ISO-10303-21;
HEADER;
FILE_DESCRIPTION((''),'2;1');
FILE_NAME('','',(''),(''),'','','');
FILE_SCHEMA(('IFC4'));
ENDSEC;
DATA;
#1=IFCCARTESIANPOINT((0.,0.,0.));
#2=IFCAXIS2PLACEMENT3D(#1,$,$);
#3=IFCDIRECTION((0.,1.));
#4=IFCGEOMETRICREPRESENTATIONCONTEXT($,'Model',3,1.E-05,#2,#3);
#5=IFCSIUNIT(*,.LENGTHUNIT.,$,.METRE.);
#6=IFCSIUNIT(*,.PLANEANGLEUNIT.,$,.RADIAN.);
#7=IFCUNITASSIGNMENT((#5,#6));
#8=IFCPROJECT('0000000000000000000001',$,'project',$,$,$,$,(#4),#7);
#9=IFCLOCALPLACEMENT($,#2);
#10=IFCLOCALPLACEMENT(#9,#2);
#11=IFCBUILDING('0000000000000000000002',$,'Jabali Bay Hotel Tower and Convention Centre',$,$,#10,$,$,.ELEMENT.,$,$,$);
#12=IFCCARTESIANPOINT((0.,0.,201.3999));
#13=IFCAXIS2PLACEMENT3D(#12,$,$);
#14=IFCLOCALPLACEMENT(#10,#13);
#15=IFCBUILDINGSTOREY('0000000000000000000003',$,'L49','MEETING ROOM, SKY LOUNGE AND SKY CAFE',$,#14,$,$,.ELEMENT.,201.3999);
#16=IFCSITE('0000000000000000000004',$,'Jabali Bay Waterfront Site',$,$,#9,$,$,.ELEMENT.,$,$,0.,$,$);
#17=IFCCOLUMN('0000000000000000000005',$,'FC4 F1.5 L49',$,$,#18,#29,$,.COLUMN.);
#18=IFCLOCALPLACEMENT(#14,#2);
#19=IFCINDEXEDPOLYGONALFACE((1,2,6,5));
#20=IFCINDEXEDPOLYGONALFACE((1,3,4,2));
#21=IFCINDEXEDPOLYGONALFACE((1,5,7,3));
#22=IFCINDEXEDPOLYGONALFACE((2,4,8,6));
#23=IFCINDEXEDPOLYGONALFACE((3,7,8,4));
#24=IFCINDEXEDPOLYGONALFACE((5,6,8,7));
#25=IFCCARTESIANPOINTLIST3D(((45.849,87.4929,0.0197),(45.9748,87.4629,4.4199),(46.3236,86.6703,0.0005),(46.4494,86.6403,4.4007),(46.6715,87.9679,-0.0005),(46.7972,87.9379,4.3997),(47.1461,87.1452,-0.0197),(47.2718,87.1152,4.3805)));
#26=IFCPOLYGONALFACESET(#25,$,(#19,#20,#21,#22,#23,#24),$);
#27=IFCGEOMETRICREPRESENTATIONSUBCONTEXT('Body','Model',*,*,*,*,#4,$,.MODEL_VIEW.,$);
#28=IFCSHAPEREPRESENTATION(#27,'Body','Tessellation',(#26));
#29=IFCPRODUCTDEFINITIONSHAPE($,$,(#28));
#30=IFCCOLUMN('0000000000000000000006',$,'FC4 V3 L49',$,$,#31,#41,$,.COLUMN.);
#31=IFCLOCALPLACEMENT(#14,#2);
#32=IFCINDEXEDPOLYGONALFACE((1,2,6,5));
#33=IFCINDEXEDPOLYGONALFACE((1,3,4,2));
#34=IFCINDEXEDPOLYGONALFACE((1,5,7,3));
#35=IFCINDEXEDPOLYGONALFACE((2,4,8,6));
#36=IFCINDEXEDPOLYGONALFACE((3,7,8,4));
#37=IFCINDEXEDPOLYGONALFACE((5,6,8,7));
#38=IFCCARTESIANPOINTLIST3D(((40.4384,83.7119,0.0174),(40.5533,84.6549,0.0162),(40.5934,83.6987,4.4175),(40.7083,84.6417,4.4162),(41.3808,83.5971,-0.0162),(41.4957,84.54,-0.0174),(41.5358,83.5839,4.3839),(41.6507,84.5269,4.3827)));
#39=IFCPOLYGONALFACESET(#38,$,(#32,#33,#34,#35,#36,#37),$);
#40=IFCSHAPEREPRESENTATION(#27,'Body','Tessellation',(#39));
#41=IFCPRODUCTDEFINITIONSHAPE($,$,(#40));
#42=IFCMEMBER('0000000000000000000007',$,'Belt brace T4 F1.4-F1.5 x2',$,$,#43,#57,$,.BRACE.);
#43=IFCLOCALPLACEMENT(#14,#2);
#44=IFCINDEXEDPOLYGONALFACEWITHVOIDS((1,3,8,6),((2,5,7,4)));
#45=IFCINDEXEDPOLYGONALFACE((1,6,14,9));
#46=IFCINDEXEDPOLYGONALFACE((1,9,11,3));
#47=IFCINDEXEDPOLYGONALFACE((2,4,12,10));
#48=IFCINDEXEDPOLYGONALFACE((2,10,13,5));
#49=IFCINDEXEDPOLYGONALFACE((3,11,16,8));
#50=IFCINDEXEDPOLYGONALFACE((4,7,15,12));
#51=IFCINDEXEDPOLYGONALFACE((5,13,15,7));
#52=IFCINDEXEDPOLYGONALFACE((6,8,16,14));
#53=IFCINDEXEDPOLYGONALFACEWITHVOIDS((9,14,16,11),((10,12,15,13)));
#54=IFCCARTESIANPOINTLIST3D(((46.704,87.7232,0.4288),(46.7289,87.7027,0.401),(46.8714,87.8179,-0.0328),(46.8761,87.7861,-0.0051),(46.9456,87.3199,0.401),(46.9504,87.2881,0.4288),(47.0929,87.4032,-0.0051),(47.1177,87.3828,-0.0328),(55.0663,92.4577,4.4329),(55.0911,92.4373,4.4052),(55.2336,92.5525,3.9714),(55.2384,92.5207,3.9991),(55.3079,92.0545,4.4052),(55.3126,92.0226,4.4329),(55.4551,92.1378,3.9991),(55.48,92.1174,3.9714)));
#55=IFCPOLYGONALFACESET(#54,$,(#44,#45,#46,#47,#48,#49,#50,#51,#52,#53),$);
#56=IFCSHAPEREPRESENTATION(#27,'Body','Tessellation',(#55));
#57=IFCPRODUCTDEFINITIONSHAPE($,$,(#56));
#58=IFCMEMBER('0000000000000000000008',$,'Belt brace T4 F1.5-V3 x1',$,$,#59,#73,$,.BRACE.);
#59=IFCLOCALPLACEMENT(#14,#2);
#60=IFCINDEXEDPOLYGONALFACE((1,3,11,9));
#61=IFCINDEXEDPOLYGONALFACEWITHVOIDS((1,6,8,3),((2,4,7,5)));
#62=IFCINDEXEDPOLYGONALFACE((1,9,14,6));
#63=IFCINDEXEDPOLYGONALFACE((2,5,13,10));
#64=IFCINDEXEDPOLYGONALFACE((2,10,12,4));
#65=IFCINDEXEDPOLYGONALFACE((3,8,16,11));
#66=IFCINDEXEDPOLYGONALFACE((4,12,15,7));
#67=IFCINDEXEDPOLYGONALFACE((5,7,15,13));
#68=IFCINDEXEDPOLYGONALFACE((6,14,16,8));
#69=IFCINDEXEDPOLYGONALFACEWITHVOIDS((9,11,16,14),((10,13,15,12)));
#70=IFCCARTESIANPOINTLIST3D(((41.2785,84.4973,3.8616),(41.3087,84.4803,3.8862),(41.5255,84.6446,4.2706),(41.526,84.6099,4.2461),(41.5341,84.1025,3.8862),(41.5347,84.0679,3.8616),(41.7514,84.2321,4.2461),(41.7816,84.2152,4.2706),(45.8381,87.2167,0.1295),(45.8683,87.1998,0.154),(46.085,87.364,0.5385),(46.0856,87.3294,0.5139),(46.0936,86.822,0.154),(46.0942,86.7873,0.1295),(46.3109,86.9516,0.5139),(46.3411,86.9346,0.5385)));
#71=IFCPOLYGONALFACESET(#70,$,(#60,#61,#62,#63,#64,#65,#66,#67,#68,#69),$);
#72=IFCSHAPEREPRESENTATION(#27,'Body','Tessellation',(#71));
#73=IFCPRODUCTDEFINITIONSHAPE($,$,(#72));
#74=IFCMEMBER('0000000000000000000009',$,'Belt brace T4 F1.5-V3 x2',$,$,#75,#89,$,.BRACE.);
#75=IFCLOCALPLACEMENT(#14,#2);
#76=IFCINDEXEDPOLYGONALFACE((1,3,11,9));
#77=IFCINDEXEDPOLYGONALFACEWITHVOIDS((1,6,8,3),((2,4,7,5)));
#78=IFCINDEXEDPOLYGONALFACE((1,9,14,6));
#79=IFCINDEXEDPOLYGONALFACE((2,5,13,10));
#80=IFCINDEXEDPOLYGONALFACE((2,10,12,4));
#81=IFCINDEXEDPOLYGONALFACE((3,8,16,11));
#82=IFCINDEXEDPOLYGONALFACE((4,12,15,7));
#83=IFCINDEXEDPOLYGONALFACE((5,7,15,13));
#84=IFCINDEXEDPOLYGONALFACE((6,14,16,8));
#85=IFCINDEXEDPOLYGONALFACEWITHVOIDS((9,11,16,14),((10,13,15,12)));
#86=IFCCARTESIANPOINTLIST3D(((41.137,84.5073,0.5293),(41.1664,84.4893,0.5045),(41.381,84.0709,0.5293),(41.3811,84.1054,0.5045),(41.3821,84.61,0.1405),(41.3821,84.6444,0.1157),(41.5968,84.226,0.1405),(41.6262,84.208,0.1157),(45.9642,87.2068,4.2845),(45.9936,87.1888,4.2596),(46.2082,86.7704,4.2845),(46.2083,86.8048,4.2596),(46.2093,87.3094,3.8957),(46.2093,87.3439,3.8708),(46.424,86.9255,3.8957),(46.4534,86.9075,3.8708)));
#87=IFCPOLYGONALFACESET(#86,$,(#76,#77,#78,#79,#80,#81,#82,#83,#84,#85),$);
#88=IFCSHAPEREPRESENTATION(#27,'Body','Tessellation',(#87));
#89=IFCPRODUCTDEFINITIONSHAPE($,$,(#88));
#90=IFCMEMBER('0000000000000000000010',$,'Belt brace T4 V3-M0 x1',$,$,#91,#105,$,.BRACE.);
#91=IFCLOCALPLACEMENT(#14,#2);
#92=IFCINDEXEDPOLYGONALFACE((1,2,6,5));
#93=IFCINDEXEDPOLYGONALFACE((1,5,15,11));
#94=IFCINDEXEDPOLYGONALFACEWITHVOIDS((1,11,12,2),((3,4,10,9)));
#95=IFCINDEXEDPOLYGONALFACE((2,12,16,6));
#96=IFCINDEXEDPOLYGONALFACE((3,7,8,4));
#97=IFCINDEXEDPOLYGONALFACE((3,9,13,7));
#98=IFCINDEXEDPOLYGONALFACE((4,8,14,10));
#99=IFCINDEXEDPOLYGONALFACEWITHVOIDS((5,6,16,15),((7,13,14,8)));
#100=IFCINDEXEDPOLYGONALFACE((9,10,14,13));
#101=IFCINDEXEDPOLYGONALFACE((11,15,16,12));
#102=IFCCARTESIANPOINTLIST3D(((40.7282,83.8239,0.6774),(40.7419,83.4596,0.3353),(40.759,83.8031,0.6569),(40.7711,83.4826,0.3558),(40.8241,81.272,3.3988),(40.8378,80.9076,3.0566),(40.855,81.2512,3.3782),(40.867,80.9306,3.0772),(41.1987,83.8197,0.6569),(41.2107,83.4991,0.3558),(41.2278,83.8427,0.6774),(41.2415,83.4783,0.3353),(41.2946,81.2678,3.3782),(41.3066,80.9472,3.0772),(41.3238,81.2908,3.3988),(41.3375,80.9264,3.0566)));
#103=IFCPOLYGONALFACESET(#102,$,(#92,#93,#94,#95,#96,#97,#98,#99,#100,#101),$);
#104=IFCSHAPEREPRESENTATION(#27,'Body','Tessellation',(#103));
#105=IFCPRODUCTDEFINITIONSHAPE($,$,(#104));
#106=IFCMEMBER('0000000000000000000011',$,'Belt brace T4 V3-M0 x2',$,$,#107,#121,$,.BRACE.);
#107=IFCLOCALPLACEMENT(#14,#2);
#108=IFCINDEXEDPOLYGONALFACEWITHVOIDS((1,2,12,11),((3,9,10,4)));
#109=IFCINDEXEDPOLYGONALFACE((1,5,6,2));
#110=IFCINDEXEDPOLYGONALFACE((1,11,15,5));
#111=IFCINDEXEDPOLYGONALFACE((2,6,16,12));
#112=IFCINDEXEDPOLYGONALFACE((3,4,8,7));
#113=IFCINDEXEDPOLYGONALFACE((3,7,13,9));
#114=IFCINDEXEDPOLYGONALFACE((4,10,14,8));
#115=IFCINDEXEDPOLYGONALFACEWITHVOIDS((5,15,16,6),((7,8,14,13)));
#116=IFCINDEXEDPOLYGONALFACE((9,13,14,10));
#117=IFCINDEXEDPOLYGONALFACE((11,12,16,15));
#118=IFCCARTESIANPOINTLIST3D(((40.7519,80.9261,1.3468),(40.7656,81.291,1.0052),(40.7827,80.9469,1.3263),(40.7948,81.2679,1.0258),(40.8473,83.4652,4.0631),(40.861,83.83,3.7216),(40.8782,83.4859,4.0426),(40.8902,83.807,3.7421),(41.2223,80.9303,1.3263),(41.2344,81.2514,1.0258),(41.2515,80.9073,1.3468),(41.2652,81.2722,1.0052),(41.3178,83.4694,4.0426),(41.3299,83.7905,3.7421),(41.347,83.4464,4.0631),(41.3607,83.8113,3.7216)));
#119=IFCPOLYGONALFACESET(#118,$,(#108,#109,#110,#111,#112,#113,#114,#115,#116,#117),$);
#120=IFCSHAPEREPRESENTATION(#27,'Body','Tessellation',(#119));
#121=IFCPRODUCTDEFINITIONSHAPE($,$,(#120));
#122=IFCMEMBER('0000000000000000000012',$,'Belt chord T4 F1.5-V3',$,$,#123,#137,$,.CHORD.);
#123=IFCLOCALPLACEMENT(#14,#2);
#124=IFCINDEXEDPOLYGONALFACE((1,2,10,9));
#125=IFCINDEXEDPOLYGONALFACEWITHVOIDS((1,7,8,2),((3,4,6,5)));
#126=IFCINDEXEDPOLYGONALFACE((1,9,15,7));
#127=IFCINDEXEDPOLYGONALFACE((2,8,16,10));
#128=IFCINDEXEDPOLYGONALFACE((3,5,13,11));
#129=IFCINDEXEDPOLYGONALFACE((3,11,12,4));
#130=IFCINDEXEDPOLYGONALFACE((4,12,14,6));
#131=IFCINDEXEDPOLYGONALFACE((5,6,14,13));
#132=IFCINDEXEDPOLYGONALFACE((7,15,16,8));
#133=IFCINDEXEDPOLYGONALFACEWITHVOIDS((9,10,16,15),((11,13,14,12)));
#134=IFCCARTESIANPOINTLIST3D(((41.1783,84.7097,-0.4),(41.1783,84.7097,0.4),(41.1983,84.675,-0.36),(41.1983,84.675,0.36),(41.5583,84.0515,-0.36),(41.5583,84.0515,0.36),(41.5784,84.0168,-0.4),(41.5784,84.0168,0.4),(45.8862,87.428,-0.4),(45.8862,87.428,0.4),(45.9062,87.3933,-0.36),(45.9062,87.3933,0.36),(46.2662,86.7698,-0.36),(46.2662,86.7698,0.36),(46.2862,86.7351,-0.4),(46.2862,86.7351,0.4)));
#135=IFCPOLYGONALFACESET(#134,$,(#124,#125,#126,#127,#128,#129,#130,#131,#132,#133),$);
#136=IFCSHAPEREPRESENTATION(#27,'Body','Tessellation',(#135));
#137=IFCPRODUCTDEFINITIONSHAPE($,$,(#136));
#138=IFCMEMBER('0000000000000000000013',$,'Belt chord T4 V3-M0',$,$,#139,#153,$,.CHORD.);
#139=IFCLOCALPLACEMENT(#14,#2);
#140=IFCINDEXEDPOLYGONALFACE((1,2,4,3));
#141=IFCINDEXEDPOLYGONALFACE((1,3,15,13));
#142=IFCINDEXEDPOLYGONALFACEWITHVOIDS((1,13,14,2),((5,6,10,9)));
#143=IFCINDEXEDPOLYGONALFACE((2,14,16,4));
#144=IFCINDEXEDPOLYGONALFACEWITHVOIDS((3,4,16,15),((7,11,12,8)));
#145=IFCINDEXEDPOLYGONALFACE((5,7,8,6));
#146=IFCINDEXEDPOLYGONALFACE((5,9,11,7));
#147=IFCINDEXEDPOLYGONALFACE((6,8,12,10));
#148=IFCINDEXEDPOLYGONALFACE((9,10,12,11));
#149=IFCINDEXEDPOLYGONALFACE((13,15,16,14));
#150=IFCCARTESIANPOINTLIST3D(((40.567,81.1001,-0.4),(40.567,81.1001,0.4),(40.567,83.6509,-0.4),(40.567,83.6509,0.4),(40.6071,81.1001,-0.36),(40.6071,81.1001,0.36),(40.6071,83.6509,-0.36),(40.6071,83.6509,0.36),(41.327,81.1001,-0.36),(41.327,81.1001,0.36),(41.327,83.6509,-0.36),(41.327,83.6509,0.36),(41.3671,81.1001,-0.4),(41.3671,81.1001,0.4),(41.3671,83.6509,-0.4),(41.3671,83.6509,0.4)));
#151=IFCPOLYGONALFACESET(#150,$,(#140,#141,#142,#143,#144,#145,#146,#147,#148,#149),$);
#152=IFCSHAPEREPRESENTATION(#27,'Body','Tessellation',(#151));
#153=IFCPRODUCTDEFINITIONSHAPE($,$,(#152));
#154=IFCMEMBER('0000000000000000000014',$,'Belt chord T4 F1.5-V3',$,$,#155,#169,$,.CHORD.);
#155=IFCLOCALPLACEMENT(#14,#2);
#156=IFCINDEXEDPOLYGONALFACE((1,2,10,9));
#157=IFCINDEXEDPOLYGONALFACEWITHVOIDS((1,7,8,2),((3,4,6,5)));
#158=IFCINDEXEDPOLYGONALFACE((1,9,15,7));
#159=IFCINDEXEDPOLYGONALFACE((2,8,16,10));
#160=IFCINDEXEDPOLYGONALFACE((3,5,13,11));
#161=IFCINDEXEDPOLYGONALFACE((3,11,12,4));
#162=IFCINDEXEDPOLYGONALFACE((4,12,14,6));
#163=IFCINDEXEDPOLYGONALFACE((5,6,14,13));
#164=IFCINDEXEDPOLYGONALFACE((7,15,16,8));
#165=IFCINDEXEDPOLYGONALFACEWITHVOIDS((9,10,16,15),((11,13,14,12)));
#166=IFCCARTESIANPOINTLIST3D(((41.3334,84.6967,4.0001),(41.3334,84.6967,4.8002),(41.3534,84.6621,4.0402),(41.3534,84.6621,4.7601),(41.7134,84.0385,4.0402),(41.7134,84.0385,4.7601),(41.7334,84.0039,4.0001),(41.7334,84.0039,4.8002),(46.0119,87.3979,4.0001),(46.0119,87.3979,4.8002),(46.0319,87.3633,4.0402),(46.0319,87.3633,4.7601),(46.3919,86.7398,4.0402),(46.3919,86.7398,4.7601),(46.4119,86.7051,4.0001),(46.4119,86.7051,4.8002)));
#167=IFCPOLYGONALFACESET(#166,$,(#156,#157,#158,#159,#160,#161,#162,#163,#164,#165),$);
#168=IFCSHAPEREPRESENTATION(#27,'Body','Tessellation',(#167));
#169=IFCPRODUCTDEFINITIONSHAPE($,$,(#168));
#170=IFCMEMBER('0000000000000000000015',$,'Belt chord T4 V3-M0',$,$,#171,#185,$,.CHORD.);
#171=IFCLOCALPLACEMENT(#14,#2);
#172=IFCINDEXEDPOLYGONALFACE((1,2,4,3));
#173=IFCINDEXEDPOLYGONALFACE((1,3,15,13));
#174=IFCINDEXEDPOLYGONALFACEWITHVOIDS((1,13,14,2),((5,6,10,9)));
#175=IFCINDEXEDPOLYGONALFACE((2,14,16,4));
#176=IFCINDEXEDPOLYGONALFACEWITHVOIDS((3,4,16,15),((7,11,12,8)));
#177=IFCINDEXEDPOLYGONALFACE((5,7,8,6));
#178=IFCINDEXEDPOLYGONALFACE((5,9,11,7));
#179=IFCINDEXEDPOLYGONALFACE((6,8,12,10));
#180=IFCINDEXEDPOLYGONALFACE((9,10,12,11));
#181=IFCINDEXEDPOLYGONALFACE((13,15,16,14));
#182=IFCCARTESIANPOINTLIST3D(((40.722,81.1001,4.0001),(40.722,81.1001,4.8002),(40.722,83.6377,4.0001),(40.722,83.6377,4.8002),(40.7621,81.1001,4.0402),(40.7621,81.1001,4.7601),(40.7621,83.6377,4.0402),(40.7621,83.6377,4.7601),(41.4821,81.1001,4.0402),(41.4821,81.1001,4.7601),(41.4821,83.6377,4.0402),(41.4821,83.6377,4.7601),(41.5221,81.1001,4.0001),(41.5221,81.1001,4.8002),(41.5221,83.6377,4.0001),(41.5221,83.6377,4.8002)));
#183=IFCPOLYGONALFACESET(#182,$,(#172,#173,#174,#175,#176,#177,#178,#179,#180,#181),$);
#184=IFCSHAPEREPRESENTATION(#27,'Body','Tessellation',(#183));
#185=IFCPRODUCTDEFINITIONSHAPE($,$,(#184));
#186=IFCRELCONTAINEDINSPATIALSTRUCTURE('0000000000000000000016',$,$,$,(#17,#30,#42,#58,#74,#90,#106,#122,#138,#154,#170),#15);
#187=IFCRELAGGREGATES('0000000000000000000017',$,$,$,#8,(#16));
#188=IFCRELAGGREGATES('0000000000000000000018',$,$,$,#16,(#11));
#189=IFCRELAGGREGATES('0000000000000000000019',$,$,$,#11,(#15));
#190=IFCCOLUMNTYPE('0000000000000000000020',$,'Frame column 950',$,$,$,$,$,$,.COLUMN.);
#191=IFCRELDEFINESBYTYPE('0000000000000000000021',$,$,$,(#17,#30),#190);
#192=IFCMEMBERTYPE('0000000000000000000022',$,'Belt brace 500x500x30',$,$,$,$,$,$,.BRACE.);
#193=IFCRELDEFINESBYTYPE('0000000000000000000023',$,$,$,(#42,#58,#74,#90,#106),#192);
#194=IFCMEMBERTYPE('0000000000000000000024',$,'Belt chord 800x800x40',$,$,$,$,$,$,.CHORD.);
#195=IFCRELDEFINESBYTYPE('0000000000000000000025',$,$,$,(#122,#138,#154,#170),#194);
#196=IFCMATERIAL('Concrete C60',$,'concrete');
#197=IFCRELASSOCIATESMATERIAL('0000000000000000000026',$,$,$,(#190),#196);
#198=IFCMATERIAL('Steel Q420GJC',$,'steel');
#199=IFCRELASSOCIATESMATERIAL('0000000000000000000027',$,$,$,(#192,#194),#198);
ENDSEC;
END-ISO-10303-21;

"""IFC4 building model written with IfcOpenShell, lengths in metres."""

from ifc_helpers import new_model, si_unit, direction, frame, origin, origin_2d, place, context, subcontext, project, spatial, rectangle, hollow_rectangle, extrude, material, material_profile, profile_set, type_object, element, save


model = new_model("IFC4")

# Units and contexts
model_context = context("Model", 3, precision=1e-05, world=origin(), true_north=direction((0.0, 1.0)))
body_context = subcontext(model_context, "Body", "Model", "MODEL_VIEW")
ifc_project = project(units=[si_unit("LENGTHUNIT", "METRE"), si_unit("PLANEANGLEUNIT", "RADIAN")], contexts=[model_context])

# Site, building, storey
site_placement = place(None, origin())
site = spatial("IfcSite", under=ifc_project, at=site_placement, Name="Jabali Bay Waterfront Site", CompositionType="ELEMENT", RefElevation=0.0)
building_placement = place(site_placement, origin())
building = spatial("IfcBuilding", under=site, at=building_placement, Name="Jabali Bay Hotel Tower and Convention Centre", CompositionType="ELEMENT")
storey_placement = place(building_placement, frame((0.0, 0.0, 201.3999)))
storey = spatial("IfcBuildingStorey", under=building, at=storey_placement, Name="L49", Description="MEETING ROOM, SKY LOUNGE AND SKY CAFE", CompositionType="ELEMENT", Elevation=201.3999)

# Columns
ifc_material_1 = material(Name="Concrete C60", Category="concrete")
ifc_material_profile_1 = material_profile(ifc_material_1, rectangle(XDim=0.95, YDim=0.95, at=origin_2d()), Name="Frame column 950")
ifc_profile_set_1 = profile_set([ifc_material_profile_1], Name="Concrete C60")
column_type = type_object("IfcColumnType", Name="Frame column 950", PredefinedType="COLUMN", material=ifc_profile_set_1)
column_1_placement = place(storey_placement, frame((46.4976, 87.3191, 0.0), z_axis=(0.028562, -0.006822, 0.999569), x_axis=(-0.499616, 0.866012, 0.020187)))
element("IfcColumn", 1, at=column_1_placement, inside=storey, type_object=column_type, Name="FC4 F1.5 L49", PredefinedType="COLUMN", context=body_context, shape_type="SweptSolid", body=[
    extrude(rectangle(XDim=0.95, YDim=0.95, at=origin_2d()), origin(), (0.0, 0.0, 1.0), 4.4021),
])
column_2_placement = place(storey_placement, frame((40.967, 84.126, 0.0), z_axis=(0.035211, -0.002994, 0.999375), x_axis=(-0.992036, 0.120901, 0.035314)))
element("IfcColumn", 2, at=column_2_placement, inside=storey, type_object=column_type, Name="FC4 V3 L49", PredefinedType="COLUMN", context=body_context, shape_type="SweptSolid", body=[
    extrude(rectangle(XDim=0.95, YDim=0.95, at=origin_2d()), origin(), (0.0, 0.0, 1.0), 4.4028),
])

# Members
ifc_material_2 = material(Name="Steel Q420GJC", Category="steel")
ifc_material_profile_2 = material_profile(ifc_material_2, hollow_rectangle(XDim=0.5, YDim=0.5, WallThickness=0.03, at=origin_2d()), Name="Belt brace 500x500x30")
ifc_profile_set_2 = profile_set([ifc_material_profile_2], Name="Steel Q420GJC")
member_type_1 = type_object("IfcMemberType", Name="Belt brace 500x500x30", PredefinedType="BRACE", material=ifc_profile_set_2)
member_1_placement = place(storey_placement, frame((46.9109, 87.553, 0.198), z_axis=(0.803259, 0.454794, 0.384627), x_axis=(-0.492696, 0.870202, 0.0)))
element("IfcMember", 3, at=member_1_placement, inside=storey, type_object=member_type_1, Name="Belt brace T4 F1.4-F1.5 x2", PredefinedType="BRACE", context=body_context, shape_type="SweptSolid", body=[
    extrude(hollow_rectangle(XDim=0.5, YDim=0.5, WallThickness=0.03, at=origin_2d()), origin(), (0.0, 0.0, 1.0), 10.4104),
])
member_2_placement = place(storey_placement, frame((46.0896, 87.0757, 0.334), z_axis=(-0.702601, -0.419055, 0.575105), x_axis=(0.512242, -0.858841, 0.0)))
element("IfcMember", 4, at=member_2_placement, inside=storey, type_object=member_type_1, Name="Belt brace T4 F1.5-V3 x1", PredefinedType="BRACE", context=body_context, shape_type="SweptSolid", body=[
    extrude(hollow_rectangle(XDim=0.5, YDim=0.5, WallThickness=0.03, at=origin_2d()), origin(), (0.0, 0.0, 1.0), 6.4895),
])
member_3_placement = place(storey_placement, frame((41.3816, 84.3577, 0.3225), z_axis=(0.722085, 0.403808, 0.561723), x_axis=(-0.488088, 0.872794, 0.0)))
element("IfcMember", 5, at=member_3_placement, inside=storey, type_object=member_type_1, Name="Belt brace T4 F1.5-V3 x2", PredefinedType="BRACE", context=body_context, shape_type="SweptSolid", body=[
    extrude(hollow_rectangle(XDim=0.5, YDim=0.5, WallThickness=0.03, at=origin_2d()), origin(), (0.0, 0.0, 1.0), 6.6851),
])
member_4_placement = place(storey_placement, frame((40.9849, 83.6511, 0.5063), z_axis=(0.025709, -0.683809, 0.729208), x_axis=(0.999294, 0.03757, 0.0)))
element("IfcMember", 6, at=member_4_placement, inside=storey, type_object=member_type_1, Name="Belt brace T4 V3-M0 x1", PredefinedType="BRACE", context=body_context, shape_type="SweptSolid", body=[
    extrude(hollow_rectangle(XDim=0.5, YDim=0.5, WallThickness=0.03, at=origin_2d()), origin(), (0.0, 0.0, 1.0), 3.7319),
])
member_5_placement = place(storey_placement, frame((41.0085, 81.0991, 1.176), z_axis=(0.025665, 0.682645, 0.730299), x_axis=(-0.999294, 0.03757, 0.0)))
element("IfcMember", 7, at=member_5_placement, inside=storey, type_object=member_type_1, Name="Belt brace T4 V3-M0 x2", PredefinedType="BRACE", context=body_context, shape_type="SweptSolid", body=[
    extrude(hollow_rectangle(XDim=0.5, YDim=0.5, WallThickness=0.03, at=origin_2d()), origin(), (0.0, 0.0, 1.0), 3.7195),
])
ifc_material_profile_3 = material_profile(ifc_material_2, hollow_rectangle(XDim=0.8, YDim=0.8, WallThickness=0.04, at=origin_2d()), Name="Belt chord 800x800x40")
ifc_profile_set_3 = profile_set([ifc_material_profile_3], Name="Steel Q420GJC")
member_type_2 = type_object("IfcMemberType", Name="Belt chord 800x800x40", PredefinedType="CHORD", material=ifc_profile_set_3)
member_6_placement = place(storey_placement, frame((46.0862, 87.0815, 0.0), z_axis=(-0.866007, -0.500032, 0.0), x_axis=(0.500032, -0.866007, 0.0)))
element("IfcMember", 8, at=member_6_placement, inside=storey, type_object=member_type_2, Name="Belt chord T4 F1.5-V3", PredefinedType="CHORD", context=body_context, shape_type="SweptSolid", body=[
    extrude(hollow_rectangle(XDim=0.8, YDim=0.8, WallThickness=0.04, at=origin_2d()), origin(), (0.0, 0.0, 1.0), 5.4363),
])
member_7_placement = place(storey_placement, frame((40.967, 83.6509, 0.0), z_axis=(0.0, -1.0, 0.0), x_axis=(1.0, 0.0, 0.0)))
element("IfcMember", 9, at=member_7_placement, inside=storey, type_object=member_type_2, Name="Belt chord T4 V3-M0", PredefinedType="CHORD", context=body_context, shape_type="SweptSolid", body=[
    extrude(hollow_rectangle(XDim=0.8, YDim=0.8, WallThickness=0.04, at=origin_2d()), origin(), (0.0, 0.0, 1.0), 2.5508),
])
member_8_placement = place(storey_placement, frame((46.2119, 87.0515, 4.4001), z_axis=(-0.866021, -0.500008, 0.0), x_axis=(0.500008, -0.866021, 0.0)))
element("IfcMember", 10, at=member_8_placement, inside=storey, type_object=member_type_2, Name="Belt chord T4 F1.5-V3", PredefinedType="CHORD", context=body_context, shape_type="SweptSolid", body=[
    extrude(hollow_rectangle(XDim=0.8, YDim=0.8, WallThickness=0.04, at=origin_2d()), origin(), (0.0, 0.0, 1.0), 5.4023),
])
member_9_placement = place(storey_placement, frame((41.1221, 83.6377, 4.4001), z_axis=(0.0, -1.0, 0.0), x_axis=(1.0, 0.0, 0.0)))
element("IfcMember", 11, at=member_9_placement, inside=storey, type_object=member_type_2, Name="Belt chord T4 V3-M0", PredefinedType="CHORD", context=body_context, shape_type="SweptSolid", body=[
    extrude(hollow_rectangle(XDim=0.8, YDim=0.8, WallThickness=0.04, at=origin_2d()), origin(), (0.0, 0.0, 1.0), 2.5376),
])

save(model, "model.ifc")
